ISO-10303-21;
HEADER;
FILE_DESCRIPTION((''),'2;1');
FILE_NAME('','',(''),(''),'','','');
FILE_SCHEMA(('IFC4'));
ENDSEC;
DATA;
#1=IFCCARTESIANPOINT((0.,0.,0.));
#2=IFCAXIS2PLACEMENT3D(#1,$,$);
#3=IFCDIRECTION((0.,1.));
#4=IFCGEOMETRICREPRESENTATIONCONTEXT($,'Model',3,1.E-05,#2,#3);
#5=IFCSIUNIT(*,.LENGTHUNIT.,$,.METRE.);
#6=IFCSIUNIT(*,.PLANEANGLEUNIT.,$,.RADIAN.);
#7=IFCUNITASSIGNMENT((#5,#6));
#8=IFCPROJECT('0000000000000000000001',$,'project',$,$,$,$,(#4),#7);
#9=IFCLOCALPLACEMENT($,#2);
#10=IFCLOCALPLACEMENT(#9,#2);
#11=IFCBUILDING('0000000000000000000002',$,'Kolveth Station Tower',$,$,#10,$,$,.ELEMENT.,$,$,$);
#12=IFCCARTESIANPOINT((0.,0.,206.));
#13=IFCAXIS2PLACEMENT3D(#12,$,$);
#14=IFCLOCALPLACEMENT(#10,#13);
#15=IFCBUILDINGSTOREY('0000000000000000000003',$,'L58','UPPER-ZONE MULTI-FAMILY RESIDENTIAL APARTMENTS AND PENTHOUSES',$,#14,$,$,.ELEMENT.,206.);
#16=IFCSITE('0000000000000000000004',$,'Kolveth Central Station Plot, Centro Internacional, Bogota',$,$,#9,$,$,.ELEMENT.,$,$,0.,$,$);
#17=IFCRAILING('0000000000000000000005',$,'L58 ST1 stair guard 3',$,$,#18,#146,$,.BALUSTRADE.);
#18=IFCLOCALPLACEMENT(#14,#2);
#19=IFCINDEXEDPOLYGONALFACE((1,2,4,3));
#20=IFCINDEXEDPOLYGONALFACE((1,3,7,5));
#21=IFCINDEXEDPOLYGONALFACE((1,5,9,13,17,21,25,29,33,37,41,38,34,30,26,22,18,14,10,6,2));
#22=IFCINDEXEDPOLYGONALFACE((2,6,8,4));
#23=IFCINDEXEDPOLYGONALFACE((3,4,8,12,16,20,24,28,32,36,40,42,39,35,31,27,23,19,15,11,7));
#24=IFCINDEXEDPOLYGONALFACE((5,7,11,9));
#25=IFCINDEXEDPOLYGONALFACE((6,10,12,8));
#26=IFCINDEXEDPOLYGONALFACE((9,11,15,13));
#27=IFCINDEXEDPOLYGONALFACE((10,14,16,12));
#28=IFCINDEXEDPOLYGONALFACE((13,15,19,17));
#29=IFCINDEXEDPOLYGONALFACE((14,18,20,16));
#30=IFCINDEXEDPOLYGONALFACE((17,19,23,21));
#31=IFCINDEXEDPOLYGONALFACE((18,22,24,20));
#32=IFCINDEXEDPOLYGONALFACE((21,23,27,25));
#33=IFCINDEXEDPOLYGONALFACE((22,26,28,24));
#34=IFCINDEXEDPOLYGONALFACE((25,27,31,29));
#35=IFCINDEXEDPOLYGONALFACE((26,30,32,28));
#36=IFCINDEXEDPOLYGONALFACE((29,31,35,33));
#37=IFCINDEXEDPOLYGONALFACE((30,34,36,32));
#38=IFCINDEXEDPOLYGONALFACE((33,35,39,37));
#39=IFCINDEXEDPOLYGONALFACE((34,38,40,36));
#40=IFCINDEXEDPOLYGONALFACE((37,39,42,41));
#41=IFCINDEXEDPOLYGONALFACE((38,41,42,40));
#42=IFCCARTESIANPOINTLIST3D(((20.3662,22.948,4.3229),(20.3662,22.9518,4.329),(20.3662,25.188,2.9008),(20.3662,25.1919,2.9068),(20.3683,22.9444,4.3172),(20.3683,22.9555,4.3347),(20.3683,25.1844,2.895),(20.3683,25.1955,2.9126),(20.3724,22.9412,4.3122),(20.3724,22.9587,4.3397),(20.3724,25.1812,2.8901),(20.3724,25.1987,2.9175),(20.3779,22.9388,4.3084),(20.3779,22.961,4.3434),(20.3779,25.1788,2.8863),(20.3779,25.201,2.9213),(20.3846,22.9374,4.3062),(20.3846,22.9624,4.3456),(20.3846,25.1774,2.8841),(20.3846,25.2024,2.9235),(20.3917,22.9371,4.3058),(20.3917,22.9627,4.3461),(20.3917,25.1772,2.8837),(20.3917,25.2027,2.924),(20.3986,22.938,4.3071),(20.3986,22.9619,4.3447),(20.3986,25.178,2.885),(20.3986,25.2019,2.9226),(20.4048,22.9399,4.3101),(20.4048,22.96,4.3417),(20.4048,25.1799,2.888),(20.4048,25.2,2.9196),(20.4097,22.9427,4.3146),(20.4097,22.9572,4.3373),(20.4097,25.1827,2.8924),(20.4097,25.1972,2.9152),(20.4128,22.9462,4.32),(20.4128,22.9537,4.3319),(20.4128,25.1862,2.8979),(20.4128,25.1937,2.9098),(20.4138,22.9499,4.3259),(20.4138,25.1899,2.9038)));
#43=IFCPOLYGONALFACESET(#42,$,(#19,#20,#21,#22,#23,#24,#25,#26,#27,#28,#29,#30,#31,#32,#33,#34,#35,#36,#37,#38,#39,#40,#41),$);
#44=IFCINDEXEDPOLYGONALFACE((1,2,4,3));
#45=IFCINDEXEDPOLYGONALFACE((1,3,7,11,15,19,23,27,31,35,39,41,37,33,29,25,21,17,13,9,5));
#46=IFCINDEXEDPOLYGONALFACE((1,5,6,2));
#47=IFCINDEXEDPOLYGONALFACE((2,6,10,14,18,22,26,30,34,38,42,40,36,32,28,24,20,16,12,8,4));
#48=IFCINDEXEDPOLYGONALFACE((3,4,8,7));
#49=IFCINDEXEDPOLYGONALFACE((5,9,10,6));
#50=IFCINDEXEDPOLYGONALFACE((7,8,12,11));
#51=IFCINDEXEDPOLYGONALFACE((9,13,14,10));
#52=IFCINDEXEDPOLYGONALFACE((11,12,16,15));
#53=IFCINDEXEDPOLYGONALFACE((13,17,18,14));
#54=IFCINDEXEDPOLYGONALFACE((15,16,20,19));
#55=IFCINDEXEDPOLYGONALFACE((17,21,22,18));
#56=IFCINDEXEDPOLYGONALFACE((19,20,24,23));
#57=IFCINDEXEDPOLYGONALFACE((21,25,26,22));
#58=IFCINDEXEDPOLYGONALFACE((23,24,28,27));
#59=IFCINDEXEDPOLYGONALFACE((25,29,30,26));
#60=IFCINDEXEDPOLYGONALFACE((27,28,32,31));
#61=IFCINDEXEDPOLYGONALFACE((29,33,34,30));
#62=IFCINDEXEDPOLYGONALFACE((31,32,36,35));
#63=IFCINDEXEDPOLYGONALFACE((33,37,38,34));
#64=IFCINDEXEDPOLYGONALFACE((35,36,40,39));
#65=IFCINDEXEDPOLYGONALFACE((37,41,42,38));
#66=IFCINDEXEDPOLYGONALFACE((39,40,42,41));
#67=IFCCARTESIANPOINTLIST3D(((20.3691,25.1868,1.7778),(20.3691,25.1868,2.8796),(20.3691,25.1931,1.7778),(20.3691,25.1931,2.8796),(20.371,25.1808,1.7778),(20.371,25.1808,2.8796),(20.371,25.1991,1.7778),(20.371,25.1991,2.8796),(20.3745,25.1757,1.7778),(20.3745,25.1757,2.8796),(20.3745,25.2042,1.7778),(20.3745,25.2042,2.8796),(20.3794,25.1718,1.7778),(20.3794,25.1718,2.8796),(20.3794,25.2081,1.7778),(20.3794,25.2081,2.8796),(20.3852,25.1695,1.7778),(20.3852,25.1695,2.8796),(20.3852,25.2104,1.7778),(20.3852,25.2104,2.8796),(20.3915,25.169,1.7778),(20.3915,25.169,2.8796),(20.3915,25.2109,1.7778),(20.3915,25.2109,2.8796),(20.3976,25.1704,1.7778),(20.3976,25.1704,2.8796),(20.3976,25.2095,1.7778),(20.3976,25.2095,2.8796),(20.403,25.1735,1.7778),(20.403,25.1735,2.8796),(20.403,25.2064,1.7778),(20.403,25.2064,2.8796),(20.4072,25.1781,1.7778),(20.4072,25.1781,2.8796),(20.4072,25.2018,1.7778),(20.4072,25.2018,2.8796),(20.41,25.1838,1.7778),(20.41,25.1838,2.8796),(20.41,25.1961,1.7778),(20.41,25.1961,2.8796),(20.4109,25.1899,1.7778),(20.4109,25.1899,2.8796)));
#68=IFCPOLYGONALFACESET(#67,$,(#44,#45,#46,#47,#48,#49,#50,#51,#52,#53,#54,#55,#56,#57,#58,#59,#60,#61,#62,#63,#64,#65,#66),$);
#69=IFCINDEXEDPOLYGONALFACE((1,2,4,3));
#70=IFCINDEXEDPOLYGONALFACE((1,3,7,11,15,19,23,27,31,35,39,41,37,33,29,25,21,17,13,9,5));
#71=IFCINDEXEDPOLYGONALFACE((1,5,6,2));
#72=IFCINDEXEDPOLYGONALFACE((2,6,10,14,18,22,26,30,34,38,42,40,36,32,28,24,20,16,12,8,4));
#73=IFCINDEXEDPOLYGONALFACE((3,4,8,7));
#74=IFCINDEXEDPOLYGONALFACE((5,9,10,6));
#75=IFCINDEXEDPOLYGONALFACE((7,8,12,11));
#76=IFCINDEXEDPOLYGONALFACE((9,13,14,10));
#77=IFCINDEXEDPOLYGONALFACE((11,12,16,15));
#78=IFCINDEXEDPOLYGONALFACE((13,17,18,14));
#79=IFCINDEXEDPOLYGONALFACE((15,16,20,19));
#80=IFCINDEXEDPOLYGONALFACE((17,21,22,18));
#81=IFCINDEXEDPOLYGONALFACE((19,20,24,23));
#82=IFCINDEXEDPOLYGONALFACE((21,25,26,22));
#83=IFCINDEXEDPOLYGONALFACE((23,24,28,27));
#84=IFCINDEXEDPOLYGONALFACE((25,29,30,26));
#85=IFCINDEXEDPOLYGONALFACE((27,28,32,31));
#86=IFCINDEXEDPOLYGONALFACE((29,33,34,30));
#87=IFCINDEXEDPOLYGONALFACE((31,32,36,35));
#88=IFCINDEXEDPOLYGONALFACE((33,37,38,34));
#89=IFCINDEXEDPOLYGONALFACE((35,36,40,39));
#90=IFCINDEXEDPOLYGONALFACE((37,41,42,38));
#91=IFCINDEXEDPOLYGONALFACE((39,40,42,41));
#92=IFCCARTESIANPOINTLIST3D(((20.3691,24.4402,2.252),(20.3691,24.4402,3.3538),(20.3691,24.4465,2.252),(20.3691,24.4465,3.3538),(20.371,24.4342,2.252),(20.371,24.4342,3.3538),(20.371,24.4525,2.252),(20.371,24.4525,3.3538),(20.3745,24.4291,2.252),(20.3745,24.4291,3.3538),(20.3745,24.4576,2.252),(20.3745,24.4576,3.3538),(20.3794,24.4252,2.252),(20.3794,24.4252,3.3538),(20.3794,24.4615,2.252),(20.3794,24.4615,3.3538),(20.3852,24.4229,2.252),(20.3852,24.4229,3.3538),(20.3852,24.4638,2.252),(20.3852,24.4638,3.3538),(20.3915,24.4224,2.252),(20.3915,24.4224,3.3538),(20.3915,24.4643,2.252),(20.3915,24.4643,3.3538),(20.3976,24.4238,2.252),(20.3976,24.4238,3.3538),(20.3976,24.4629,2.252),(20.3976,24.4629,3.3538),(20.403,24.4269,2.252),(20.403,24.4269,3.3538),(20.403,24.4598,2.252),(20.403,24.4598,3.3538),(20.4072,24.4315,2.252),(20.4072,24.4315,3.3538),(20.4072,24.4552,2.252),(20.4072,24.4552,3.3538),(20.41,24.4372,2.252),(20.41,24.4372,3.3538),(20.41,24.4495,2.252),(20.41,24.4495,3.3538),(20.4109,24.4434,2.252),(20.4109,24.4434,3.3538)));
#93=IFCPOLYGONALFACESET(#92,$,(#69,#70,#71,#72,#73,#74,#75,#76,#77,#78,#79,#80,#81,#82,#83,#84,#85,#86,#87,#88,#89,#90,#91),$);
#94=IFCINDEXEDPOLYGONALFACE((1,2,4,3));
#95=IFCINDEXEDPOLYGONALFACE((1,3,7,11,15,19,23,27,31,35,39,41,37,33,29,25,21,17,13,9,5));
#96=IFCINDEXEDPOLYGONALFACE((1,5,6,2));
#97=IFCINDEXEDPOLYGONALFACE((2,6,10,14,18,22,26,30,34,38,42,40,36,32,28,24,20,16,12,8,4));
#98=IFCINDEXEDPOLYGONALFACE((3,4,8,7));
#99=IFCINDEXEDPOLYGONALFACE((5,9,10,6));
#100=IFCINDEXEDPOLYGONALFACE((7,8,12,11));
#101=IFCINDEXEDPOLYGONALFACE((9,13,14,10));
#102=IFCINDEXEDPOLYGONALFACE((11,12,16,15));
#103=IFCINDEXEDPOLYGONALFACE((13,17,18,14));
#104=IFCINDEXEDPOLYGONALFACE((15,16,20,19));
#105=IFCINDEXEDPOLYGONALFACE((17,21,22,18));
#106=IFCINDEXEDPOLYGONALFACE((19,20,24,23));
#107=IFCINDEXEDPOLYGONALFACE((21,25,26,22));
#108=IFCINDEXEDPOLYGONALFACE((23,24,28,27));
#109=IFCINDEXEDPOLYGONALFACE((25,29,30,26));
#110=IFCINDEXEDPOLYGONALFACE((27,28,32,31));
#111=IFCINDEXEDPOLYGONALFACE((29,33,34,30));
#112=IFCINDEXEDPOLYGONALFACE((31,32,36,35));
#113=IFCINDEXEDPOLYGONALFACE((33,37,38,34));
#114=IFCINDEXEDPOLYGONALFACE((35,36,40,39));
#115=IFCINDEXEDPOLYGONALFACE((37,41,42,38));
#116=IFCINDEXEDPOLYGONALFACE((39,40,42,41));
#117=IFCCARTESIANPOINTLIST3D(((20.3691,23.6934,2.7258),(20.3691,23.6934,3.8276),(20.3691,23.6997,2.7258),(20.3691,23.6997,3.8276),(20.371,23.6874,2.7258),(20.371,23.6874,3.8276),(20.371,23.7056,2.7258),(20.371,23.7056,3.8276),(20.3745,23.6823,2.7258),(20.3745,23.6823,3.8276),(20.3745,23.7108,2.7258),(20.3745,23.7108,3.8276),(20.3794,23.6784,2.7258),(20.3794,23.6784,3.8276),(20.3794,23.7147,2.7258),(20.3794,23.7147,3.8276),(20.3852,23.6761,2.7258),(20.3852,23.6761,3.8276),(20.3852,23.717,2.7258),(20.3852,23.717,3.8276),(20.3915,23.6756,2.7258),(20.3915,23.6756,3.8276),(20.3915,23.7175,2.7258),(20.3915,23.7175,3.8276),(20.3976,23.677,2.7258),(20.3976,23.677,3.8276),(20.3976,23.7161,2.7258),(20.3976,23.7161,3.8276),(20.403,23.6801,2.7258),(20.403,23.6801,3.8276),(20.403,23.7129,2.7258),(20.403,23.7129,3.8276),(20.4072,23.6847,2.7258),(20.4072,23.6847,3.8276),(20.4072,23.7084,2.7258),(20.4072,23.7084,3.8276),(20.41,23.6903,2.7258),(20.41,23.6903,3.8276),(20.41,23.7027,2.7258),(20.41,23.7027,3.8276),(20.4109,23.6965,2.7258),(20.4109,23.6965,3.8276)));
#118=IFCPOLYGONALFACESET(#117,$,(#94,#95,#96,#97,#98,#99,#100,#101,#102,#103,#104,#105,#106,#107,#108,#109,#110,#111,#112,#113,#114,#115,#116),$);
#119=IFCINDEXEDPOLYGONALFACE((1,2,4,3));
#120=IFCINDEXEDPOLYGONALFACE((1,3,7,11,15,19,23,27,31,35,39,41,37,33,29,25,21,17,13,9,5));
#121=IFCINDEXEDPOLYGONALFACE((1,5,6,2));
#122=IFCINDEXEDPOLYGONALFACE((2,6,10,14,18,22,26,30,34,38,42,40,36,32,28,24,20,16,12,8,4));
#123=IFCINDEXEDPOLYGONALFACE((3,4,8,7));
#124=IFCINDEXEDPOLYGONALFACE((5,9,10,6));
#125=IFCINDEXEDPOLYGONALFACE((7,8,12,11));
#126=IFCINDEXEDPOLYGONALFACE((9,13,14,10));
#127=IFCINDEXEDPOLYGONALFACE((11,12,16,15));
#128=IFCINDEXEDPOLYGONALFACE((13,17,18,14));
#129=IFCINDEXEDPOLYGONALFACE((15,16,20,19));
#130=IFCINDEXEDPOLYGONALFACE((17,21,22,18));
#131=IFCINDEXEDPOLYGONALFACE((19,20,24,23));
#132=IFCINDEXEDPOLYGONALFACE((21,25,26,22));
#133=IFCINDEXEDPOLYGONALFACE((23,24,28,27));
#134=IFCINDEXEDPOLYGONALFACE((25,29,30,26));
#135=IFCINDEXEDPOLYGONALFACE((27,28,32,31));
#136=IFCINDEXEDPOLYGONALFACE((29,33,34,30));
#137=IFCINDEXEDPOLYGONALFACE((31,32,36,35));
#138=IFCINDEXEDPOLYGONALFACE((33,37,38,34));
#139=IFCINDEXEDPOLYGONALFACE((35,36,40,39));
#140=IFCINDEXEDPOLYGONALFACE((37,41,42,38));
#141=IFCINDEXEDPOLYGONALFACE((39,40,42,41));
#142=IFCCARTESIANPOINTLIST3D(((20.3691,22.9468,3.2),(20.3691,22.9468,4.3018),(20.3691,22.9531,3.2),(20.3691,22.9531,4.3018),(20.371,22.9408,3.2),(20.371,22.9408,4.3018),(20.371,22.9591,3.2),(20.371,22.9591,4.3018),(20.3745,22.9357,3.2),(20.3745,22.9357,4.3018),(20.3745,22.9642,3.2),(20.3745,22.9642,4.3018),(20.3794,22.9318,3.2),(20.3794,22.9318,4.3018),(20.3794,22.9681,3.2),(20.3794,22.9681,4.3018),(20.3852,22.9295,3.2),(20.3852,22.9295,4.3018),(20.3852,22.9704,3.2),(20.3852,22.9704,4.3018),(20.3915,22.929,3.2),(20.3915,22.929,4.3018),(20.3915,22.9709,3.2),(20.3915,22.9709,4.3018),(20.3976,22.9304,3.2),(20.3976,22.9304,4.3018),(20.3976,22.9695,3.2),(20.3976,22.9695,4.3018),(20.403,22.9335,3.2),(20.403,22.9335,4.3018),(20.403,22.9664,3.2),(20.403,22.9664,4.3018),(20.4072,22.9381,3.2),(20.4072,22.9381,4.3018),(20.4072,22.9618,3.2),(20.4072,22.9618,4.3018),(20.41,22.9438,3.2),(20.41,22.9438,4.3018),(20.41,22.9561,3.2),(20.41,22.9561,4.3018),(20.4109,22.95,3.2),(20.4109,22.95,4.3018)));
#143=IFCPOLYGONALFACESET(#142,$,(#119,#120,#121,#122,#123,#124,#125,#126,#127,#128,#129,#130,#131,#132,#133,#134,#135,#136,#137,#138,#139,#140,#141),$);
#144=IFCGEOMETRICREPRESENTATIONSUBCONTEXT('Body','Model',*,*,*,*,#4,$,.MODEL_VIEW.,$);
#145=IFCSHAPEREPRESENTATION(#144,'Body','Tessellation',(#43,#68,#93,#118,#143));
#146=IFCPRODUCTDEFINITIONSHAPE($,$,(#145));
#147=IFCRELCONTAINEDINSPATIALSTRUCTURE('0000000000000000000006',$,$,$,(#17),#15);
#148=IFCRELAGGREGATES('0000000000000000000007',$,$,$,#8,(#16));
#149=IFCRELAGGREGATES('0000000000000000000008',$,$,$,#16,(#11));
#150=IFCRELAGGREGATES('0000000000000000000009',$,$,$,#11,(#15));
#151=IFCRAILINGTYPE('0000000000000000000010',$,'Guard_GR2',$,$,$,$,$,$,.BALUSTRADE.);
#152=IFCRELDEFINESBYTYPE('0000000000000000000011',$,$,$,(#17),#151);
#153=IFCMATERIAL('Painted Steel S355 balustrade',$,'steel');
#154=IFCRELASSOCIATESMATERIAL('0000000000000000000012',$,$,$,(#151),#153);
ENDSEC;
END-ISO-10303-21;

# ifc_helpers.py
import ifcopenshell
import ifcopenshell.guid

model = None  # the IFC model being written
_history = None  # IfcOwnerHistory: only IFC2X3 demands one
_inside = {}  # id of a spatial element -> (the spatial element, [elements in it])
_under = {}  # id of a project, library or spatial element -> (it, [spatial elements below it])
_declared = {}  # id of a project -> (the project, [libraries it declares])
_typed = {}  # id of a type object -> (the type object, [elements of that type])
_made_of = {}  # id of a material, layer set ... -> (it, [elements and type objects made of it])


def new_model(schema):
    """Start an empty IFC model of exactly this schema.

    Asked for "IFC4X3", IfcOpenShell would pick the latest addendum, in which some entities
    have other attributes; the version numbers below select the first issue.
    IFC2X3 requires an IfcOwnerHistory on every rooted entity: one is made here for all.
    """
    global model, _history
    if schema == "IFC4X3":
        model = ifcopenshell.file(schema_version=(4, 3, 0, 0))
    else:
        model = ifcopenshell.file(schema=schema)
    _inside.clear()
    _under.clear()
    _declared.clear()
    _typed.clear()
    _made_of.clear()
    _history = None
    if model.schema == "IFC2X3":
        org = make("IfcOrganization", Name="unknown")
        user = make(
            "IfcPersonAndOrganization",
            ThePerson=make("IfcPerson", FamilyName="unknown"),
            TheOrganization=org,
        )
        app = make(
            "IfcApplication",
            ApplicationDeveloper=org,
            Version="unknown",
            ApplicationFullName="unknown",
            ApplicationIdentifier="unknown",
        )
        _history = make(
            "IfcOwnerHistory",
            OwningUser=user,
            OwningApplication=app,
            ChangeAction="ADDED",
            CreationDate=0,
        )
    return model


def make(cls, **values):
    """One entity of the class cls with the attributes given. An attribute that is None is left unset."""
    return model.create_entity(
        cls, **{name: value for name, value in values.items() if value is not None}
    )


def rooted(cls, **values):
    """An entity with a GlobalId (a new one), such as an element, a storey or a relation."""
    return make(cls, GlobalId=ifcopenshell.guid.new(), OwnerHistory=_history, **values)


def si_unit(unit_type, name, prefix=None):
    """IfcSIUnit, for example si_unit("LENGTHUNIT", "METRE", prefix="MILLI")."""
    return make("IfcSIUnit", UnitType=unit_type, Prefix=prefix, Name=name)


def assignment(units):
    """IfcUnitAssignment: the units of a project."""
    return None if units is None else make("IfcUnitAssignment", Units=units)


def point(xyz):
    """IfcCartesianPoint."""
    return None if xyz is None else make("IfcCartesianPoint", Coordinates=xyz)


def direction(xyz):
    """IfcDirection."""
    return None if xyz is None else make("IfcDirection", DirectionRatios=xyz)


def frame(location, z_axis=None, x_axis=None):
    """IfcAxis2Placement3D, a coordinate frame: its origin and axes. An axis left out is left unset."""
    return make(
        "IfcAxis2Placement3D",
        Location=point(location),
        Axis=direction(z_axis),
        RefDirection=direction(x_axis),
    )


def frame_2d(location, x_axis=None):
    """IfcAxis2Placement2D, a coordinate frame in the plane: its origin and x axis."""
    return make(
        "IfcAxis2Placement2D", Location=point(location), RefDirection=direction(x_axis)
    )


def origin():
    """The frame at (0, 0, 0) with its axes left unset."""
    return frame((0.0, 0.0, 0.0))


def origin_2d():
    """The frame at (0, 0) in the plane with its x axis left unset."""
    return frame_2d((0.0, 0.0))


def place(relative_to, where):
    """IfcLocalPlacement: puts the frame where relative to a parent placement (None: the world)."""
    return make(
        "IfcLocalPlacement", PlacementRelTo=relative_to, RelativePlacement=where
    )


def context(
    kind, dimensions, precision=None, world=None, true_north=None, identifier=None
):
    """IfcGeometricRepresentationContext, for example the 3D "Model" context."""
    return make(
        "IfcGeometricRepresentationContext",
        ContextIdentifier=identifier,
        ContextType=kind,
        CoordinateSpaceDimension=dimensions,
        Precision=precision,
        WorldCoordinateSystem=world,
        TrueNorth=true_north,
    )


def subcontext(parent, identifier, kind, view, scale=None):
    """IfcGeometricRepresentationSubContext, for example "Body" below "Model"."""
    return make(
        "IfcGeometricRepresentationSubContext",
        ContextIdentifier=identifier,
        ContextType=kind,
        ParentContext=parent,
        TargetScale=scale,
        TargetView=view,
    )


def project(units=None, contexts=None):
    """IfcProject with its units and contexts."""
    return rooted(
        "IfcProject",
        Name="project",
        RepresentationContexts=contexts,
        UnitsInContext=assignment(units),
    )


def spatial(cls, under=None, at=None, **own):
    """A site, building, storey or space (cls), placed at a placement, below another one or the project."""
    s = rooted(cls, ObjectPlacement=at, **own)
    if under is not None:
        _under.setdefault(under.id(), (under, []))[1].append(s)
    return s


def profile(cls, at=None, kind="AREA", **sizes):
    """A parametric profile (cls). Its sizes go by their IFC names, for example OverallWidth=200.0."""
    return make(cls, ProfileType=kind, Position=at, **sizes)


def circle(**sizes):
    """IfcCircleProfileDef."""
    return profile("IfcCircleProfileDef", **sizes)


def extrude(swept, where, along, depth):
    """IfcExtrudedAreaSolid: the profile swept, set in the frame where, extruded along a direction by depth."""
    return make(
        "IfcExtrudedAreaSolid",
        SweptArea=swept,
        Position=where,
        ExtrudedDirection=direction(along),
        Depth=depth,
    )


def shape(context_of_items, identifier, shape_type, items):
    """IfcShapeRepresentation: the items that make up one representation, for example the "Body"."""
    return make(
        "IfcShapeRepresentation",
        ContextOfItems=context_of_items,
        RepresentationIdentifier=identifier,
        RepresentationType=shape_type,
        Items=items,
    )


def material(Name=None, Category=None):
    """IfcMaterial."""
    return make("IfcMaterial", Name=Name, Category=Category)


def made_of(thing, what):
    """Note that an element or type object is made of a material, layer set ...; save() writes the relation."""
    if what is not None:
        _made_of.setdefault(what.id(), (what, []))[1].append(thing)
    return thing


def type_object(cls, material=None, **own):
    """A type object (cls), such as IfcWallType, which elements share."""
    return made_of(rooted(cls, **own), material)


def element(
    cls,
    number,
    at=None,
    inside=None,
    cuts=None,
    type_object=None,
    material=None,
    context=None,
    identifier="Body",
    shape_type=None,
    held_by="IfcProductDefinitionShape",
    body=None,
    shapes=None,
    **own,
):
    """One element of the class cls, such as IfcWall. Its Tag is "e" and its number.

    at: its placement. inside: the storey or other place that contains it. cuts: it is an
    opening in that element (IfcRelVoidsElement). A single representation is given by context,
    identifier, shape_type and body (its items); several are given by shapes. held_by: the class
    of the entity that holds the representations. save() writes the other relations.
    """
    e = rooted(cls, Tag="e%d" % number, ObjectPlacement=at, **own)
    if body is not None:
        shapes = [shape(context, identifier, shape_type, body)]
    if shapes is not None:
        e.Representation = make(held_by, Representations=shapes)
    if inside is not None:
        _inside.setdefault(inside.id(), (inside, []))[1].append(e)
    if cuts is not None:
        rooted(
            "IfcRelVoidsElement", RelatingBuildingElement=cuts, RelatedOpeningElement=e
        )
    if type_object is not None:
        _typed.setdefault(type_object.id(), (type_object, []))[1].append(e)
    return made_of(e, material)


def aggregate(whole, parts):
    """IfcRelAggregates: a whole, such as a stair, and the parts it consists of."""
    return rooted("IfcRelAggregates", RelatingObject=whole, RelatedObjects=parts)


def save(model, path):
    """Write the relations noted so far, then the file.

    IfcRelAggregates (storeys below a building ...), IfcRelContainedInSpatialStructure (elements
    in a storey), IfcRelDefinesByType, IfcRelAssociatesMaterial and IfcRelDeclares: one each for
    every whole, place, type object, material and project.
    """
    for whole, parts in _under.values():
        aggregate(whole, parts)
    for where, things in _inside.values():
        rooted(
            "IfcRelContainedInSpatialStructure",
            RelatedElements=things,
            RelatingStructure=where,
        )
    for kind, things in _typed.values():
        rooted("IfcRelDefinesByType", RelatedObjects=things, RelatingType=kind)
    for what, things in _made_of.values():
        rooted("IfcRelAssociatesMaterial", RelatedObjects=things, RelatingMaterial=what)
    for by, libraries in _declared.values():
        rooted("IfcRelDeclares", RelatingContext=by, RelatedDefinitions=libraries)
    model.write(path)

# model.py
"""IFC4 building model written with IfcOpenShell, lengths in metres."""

from ifc_helpers import new_model, si_unit, direction, frame, origin, origin_2d, place, context, subcontext, project, spatial, circle, extrude, material, type_object, element, save


model = new_model("IFC4")

# Units and contexts
model_context = context("Model", 3, precision=1e-05, world=origin(), true_north=direction((0.0, 1.0)))
body_context = subcontext(model_context, "Body", "Model", "MODEL_VIEW")
ifc_project = project(units=[si_unit("LENGTHUNIT", "METRE"), si_unit("PLANEANGLEUNIT", "RADIAN")], contexts=[model_context])

# Site, building, storey
site_placement = place(None, origin())
site = spatial("IfcSite", under=ifc_project, at=site_placement, Name="Kolveth Central Station Plot, Centro Internacional, Bogota", CompositionType="ELEMENT", RefElevation=0.0)
building_placement = place(site_placement, origin())
building = spatial("IfcBuilding", under=site, at=building_placement, Name="Kolveth Station Tower", CompositionType="ELEMENT")
storey_placement = place(building_placement, frame((0.0, 0.0, 206.0)))
storey = spatial("IfcBuildingStorey", under=building, at=storey_placement, Name="L58", Description="UPPER-ZONE MULTI-FAMILY RESIDENTIAL APARTMENTS AND PENTHOUSES", CompositionType="ELEMENT", Elevation=206.0)

# Railing
ifc_material_1 = material(Name="Painted Steel S355 balustrade", Category="steel")
railing_type_1 = type_object("IfcRailingType", Name="Guard_GR2", PredefinedType="BALUSTRADE", material=ifc_material_1)
railing_1_placement = place(storey_placement, frame((20.3899, 25.1899, 1.7778)))
element("IfcRailing", 1, at=railing_1_placement, inside=storey, type_object=railing_type_1, Name="L58 ST1 stair guard 3", PredefinedType="BALUSTRADE", context=body_context, shape_type="SweptSolid", body=[
    extrude(circle(Radius=0.0239, at=origin_2d()), frame((0.0, 0.0, 1.126), z_axis=(0.0, -0.844229, 0.535982), x_axis=(1.0, 0.0, 0.0)), (0.0, 0.0, 1.0), 2.6533),
    extrude(circle(Radius=0.021, at=origin_2d()), origin(), (0.0, 0.0, 1.0), 1.1018),
    extrude(circle(Radius=0.021, at=origin_2d()), frame((0.0, -0.7466, 0.4741)), (0.0, 0.0, 1.0), 1.1018),
    extrude(circle(Radius=0.021, at=origin_2d()), frame((0.0, -1.4934, 0.948)), (0.0, 0.0, 1.0), 1.1018),
    extrude(circle(Radius=0.021, at=origin_2d()), frame((0.0, -2.24, 1.4221)), (0.0, 0.0, 1.0), 1.1018),
])

save(model, "model.ifc")
